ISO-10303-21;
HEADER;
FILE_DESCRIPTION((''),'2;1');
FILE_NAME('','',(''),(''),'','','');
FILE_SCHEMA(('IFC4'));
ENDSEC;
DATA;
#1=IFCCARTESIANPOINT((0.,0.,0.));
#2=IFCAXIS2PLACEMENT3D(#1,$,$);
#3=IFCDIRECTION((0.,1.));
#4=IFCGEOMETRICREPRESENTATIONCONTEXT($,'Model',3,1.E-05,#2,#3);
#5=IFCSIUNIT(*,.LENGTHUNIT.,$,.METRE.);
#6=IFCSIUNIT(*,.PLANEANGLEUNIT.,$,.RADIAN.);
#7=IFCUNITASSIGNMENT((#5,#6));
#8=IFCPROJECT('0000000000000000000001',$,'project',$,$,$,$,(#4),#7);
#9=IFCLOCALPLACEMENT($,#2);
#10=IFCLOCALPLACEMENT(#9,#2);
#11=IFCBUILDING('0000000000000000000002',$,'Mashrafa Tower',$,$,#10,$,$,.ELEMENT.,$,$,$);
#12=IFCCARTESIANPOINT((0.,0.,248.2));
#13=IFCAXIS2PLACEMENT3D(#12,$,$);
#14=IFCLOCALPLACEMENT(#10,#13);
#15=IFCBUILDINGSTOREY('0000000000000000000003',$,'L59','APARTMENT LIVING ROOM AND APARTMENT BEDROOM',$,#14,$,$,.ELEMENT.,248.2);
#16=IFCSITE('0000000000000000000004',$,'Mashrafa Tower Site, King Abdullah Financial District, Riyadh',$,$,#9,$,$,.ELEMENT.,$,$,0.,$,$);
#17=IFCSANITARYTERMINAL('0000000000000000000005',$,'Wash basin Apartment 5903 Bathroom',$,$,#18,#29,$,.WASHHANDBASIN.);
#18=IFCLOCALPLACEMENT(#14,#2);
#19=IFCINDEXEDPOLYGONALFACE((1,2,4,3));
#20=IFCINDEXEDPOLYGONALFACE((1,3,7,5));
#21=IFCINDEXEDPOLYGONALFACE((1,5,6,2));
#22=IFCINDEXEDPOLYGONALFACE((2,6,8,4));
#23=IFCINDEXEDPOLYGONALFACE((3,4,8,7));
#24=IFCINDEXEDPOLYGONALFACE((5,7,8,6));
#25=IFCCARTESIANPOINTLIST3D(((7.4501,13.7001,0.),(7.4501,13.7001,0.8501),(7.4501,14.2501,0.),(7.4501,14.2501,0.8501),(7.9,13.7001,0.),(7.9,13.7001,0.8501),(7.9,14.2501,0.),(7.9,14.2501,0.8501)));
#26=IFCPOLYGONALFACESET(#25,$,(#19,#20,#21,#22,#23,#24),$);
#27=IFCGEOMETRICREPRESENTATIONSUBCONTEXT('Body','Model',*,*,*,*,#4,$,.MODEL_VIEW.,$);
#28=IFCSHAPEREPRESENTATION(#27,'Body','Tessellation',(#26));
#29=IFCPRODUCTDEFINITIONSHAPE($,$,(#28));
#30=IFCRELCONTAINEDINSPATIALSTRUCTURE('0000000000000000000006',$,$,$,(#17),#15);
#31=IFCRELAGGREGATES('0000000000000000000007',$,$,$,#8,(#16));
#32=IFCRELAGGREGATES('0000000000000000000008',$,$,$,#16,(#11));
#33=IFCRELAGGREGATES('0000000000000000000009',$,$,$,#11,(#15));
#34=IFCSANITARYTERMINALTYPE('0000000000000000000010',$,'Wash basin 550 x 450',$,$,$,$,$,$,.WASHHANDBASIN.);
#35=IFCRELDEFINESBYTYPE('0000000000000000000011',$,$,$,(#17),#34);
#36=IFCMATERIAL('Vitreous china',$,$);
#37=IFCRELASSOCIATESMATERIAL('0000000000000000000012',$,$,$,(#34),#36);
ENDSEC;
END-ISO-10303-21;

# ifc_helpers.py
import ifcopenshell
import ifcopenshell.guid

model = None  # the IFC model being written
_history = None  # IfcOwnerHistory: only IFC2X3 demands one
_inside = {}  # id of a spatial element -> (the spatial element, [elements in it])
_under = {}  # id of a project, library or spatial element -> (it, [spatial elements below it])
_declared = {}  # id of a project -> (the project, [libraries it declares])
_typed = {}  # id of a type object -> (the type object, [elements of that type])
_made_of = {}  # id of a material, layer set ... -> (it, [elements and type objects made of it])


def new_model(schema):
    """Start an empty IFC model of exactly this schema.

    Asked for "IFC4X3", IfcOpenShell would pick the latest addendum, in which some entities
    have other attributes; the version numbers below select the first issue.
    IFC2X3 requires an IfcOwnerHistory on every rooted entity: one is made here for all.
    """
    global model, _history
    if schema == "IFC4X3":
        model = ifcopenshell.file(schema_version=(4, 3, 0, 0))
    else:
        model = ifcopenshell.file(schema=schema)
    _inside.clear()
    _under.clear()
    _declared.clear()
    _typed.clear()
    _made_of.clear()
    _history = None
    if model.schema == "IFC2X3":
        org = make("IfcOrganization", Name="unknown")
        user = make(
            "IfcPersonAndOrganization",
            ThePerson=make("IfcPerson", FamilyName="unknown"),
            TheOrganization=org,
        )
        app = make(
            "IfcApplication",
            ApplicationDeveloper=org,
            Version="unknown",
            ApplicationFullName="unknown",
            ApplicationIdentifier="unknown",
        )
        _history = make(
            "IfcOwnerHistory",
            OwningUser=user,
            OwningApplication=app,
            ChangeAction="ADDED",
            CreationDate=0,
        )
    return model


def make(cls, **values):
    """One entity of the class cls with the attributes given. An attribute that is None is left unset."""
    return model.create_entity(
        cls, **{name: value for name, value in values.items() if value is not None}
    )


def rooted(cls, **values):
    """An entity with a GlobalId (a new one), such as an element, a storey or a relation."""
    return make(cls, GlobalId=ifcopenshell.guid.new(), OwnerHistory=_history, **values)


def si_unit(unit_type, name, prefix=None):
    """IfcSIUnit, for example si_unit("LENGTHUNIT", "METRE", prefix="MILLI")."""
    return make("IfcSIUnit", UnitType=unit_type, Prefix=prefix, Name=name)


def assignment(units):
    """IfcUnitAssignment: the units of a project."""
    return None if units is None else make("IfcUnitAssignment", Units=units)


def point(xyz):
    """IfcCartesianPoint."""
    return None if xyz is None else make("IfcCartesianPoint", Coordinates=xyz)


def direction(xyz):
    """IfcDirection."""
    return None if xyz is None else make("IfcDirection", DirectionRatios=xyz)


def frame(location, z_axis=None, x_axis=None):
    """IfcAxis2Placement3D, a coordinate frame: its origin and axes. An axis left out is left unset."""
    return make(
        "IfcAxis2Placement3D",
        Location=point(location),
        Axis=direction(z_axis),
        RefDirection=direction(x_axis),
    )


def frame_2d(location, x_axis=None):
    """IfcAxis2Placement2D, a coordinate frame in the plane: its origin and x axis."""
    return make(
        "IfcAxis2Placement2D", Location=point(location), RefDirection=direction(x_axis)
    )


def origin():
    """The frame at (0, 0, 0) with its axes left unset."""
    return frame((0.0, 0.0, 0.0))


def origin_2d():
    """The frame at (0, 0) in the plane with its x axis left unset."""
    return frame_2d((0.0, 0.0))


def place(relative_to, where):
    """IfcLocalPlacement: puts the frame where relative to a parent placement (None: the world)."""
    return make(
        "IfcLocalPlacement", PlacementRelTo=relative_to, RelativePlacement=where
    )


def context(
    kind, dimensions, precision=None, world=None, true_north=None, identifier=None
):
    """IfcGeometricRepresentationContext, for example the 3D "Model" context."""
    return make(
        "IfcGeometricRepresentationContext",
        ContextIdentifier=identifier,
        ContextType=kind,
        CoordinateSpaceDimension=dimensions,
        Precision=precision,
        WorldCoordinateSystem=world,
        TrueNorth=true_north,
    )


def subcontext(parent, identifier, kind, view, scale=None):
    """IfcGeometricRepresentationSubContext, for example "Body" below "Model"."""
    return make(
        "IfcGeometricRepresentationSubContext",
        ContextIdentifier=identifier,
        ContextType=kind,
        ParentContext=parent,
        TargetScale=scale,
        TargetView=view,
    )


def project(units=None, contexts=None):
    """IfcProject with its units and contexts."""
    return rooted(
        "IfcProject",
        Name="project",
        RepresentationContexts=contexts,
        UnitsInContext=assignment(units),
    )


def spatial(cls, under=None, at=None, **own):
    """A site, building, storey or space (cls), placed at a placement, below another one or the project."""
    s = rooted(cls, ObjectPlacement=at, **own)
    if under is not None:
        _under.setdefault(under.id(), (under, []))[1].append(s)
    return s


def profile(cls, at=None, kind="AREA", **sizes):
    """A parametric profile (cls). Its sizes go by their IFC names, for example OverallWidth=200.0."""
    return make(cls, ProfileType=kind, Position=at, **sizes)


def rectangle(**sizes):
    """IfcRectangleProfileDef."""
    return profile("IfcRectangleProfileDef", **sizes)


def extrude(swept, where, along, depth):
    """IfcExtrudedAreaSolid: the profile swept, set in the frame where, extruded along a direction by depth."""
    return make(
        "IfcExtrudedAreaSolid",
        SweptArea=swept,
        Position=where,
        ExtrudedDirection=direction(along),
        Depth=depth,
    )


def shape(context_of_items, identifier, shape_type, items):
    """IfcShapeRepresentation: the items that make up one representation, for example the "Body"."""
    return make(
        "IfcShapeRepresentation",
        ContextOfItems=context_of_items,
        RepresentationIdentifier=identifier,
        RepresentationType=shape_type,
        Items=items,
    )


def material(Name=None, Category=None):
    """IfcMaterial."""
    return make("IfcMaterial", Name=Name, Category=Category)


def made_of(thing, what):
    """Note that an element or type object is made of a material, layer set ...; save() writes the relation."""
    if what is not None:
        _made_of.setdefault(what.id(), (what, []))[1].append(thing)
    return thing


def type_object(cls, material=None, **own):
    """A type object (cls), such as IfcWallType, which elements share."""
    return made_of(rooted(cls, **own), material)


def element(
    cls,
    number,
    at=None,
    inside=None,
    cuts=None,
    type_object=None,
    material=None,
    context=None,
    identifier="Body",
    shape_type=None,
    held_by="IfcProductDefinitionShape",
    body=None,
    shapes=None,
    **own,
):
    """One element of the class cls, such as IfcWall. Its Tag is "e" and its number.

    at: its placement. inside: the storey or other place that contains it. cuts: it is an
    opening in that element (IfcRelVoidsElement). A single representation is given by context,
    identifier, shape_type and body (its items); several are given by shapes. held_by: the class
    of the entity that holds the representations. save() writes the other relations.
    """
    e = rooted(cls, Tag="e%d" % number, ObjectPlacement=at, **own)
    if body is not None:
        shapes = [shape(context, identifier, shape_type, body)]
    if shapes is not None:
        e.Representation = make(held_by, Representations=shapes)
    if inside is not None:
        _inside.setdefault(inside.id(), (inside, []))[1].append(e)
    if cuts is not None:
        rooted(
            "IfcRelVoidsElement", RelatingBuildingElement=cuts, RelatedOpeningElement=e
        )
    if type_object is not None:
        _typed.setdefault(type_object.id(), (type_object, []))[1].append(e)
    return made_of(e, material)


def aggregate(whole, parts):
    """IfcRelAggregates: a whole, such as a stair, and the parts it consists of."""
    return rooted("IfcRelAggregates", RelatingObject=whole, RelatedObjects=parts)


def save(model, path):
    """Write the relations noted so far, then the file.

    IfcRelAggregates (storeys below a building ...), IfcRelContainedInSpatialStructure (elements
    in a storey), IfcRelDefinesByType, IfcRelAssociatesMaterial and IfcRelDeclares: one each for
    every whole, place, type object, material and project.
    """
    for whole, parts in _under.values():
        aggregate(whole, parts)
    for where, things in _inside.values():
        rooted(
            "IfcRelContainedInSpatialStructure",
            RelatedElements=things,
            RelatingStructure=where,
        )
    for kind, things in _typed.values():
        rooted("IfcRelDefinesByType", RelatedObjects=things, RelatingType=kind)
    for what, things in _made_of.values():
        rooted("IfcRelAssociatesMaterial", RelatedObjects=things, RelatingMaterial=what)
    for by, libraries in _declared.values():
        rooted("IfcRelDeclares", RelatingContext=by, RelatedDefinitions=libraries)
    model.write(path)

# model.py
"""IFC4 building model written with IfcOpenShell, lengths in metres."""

from ifc_helpers import new_model, si_unit, direction, frame, origin, origin_2d, place, context, subcontext, project, spatial, rectangle, extrude, material, type_object, element, save


model = new_model("IFC4")

# Units and contexts
model_context = context("Model", 3, precision=1e-05, world=origin(), true_north=direction((0.0, 1.0)))
body_context = subcontext(model_context, "Body", "Model", "MODEL_VIEW")
ifc_project = project(units=[si_unit("LENGTHUNIT", "METRE"), si_unit("PLANEANGLEUNIT", "RADIAN")], contexts=[model_context])

# Site, building, storey
site_placement = place(None, origin())
site = spatial("IfcSite", under=ifc_project, at=site_placement, Name="Mashrafa Tower Site, King Abdullah Financial District, Riyadh", CompositionType="ELEMENT", RefElevation=0.0)
building_placement = place(site_placement, origin())
building = spatial("IfcBuilding", under=site, at=building_placement, Name="Mashrafa Tower", CompositionType="ELEMENT")
storey_placement = place(building_placement, frame((0.0, 0.0, 248.2)))
storey = spatial("IfcBuildingStorey", under=building, at=storey_placement, Name="L59", Description="APARTMENT LIVING ROOM AND APARTMENT BEDROOM", CompositionType="ELEMENT", Elevation=248.2)

# Sanitary terminal
ifc_material_1 = material(Name="Vitreous china")
sanitary_terminal_type_1 = type_object("IfcSanitaryTerminalType", Name="Wash basin 550 x 450", PredefinedType="WASHHANDBASIN", material=ifc_material_1)
for number, where, z_axis, x_axis, name in (
    (1, (7.675, 13.9751, 0.0), (0.0, 0.0, 1.0), (0.0, -1.0, 0.0), "Wash basin Apartment 5903 Bathroom"),
):
    element("IfcSanitaryTerminal", number, at=place(storey_placement, frame(where, z_axis=z_axis, x_axis=x_axis)), inside=storey, type_object=sanitary_terminal_type_1, Name=name, PredefinedType="WASHHANDBASIN", context=body_context, shape_type="SweptSolid", body=[
        extrude(rectangle(XDim=0.55, YDim=0.45, at=origin_2d()), origin(), (0.0, 0.0, 1.0), 0.8501),
    ])

save(model, "model.ifc")
